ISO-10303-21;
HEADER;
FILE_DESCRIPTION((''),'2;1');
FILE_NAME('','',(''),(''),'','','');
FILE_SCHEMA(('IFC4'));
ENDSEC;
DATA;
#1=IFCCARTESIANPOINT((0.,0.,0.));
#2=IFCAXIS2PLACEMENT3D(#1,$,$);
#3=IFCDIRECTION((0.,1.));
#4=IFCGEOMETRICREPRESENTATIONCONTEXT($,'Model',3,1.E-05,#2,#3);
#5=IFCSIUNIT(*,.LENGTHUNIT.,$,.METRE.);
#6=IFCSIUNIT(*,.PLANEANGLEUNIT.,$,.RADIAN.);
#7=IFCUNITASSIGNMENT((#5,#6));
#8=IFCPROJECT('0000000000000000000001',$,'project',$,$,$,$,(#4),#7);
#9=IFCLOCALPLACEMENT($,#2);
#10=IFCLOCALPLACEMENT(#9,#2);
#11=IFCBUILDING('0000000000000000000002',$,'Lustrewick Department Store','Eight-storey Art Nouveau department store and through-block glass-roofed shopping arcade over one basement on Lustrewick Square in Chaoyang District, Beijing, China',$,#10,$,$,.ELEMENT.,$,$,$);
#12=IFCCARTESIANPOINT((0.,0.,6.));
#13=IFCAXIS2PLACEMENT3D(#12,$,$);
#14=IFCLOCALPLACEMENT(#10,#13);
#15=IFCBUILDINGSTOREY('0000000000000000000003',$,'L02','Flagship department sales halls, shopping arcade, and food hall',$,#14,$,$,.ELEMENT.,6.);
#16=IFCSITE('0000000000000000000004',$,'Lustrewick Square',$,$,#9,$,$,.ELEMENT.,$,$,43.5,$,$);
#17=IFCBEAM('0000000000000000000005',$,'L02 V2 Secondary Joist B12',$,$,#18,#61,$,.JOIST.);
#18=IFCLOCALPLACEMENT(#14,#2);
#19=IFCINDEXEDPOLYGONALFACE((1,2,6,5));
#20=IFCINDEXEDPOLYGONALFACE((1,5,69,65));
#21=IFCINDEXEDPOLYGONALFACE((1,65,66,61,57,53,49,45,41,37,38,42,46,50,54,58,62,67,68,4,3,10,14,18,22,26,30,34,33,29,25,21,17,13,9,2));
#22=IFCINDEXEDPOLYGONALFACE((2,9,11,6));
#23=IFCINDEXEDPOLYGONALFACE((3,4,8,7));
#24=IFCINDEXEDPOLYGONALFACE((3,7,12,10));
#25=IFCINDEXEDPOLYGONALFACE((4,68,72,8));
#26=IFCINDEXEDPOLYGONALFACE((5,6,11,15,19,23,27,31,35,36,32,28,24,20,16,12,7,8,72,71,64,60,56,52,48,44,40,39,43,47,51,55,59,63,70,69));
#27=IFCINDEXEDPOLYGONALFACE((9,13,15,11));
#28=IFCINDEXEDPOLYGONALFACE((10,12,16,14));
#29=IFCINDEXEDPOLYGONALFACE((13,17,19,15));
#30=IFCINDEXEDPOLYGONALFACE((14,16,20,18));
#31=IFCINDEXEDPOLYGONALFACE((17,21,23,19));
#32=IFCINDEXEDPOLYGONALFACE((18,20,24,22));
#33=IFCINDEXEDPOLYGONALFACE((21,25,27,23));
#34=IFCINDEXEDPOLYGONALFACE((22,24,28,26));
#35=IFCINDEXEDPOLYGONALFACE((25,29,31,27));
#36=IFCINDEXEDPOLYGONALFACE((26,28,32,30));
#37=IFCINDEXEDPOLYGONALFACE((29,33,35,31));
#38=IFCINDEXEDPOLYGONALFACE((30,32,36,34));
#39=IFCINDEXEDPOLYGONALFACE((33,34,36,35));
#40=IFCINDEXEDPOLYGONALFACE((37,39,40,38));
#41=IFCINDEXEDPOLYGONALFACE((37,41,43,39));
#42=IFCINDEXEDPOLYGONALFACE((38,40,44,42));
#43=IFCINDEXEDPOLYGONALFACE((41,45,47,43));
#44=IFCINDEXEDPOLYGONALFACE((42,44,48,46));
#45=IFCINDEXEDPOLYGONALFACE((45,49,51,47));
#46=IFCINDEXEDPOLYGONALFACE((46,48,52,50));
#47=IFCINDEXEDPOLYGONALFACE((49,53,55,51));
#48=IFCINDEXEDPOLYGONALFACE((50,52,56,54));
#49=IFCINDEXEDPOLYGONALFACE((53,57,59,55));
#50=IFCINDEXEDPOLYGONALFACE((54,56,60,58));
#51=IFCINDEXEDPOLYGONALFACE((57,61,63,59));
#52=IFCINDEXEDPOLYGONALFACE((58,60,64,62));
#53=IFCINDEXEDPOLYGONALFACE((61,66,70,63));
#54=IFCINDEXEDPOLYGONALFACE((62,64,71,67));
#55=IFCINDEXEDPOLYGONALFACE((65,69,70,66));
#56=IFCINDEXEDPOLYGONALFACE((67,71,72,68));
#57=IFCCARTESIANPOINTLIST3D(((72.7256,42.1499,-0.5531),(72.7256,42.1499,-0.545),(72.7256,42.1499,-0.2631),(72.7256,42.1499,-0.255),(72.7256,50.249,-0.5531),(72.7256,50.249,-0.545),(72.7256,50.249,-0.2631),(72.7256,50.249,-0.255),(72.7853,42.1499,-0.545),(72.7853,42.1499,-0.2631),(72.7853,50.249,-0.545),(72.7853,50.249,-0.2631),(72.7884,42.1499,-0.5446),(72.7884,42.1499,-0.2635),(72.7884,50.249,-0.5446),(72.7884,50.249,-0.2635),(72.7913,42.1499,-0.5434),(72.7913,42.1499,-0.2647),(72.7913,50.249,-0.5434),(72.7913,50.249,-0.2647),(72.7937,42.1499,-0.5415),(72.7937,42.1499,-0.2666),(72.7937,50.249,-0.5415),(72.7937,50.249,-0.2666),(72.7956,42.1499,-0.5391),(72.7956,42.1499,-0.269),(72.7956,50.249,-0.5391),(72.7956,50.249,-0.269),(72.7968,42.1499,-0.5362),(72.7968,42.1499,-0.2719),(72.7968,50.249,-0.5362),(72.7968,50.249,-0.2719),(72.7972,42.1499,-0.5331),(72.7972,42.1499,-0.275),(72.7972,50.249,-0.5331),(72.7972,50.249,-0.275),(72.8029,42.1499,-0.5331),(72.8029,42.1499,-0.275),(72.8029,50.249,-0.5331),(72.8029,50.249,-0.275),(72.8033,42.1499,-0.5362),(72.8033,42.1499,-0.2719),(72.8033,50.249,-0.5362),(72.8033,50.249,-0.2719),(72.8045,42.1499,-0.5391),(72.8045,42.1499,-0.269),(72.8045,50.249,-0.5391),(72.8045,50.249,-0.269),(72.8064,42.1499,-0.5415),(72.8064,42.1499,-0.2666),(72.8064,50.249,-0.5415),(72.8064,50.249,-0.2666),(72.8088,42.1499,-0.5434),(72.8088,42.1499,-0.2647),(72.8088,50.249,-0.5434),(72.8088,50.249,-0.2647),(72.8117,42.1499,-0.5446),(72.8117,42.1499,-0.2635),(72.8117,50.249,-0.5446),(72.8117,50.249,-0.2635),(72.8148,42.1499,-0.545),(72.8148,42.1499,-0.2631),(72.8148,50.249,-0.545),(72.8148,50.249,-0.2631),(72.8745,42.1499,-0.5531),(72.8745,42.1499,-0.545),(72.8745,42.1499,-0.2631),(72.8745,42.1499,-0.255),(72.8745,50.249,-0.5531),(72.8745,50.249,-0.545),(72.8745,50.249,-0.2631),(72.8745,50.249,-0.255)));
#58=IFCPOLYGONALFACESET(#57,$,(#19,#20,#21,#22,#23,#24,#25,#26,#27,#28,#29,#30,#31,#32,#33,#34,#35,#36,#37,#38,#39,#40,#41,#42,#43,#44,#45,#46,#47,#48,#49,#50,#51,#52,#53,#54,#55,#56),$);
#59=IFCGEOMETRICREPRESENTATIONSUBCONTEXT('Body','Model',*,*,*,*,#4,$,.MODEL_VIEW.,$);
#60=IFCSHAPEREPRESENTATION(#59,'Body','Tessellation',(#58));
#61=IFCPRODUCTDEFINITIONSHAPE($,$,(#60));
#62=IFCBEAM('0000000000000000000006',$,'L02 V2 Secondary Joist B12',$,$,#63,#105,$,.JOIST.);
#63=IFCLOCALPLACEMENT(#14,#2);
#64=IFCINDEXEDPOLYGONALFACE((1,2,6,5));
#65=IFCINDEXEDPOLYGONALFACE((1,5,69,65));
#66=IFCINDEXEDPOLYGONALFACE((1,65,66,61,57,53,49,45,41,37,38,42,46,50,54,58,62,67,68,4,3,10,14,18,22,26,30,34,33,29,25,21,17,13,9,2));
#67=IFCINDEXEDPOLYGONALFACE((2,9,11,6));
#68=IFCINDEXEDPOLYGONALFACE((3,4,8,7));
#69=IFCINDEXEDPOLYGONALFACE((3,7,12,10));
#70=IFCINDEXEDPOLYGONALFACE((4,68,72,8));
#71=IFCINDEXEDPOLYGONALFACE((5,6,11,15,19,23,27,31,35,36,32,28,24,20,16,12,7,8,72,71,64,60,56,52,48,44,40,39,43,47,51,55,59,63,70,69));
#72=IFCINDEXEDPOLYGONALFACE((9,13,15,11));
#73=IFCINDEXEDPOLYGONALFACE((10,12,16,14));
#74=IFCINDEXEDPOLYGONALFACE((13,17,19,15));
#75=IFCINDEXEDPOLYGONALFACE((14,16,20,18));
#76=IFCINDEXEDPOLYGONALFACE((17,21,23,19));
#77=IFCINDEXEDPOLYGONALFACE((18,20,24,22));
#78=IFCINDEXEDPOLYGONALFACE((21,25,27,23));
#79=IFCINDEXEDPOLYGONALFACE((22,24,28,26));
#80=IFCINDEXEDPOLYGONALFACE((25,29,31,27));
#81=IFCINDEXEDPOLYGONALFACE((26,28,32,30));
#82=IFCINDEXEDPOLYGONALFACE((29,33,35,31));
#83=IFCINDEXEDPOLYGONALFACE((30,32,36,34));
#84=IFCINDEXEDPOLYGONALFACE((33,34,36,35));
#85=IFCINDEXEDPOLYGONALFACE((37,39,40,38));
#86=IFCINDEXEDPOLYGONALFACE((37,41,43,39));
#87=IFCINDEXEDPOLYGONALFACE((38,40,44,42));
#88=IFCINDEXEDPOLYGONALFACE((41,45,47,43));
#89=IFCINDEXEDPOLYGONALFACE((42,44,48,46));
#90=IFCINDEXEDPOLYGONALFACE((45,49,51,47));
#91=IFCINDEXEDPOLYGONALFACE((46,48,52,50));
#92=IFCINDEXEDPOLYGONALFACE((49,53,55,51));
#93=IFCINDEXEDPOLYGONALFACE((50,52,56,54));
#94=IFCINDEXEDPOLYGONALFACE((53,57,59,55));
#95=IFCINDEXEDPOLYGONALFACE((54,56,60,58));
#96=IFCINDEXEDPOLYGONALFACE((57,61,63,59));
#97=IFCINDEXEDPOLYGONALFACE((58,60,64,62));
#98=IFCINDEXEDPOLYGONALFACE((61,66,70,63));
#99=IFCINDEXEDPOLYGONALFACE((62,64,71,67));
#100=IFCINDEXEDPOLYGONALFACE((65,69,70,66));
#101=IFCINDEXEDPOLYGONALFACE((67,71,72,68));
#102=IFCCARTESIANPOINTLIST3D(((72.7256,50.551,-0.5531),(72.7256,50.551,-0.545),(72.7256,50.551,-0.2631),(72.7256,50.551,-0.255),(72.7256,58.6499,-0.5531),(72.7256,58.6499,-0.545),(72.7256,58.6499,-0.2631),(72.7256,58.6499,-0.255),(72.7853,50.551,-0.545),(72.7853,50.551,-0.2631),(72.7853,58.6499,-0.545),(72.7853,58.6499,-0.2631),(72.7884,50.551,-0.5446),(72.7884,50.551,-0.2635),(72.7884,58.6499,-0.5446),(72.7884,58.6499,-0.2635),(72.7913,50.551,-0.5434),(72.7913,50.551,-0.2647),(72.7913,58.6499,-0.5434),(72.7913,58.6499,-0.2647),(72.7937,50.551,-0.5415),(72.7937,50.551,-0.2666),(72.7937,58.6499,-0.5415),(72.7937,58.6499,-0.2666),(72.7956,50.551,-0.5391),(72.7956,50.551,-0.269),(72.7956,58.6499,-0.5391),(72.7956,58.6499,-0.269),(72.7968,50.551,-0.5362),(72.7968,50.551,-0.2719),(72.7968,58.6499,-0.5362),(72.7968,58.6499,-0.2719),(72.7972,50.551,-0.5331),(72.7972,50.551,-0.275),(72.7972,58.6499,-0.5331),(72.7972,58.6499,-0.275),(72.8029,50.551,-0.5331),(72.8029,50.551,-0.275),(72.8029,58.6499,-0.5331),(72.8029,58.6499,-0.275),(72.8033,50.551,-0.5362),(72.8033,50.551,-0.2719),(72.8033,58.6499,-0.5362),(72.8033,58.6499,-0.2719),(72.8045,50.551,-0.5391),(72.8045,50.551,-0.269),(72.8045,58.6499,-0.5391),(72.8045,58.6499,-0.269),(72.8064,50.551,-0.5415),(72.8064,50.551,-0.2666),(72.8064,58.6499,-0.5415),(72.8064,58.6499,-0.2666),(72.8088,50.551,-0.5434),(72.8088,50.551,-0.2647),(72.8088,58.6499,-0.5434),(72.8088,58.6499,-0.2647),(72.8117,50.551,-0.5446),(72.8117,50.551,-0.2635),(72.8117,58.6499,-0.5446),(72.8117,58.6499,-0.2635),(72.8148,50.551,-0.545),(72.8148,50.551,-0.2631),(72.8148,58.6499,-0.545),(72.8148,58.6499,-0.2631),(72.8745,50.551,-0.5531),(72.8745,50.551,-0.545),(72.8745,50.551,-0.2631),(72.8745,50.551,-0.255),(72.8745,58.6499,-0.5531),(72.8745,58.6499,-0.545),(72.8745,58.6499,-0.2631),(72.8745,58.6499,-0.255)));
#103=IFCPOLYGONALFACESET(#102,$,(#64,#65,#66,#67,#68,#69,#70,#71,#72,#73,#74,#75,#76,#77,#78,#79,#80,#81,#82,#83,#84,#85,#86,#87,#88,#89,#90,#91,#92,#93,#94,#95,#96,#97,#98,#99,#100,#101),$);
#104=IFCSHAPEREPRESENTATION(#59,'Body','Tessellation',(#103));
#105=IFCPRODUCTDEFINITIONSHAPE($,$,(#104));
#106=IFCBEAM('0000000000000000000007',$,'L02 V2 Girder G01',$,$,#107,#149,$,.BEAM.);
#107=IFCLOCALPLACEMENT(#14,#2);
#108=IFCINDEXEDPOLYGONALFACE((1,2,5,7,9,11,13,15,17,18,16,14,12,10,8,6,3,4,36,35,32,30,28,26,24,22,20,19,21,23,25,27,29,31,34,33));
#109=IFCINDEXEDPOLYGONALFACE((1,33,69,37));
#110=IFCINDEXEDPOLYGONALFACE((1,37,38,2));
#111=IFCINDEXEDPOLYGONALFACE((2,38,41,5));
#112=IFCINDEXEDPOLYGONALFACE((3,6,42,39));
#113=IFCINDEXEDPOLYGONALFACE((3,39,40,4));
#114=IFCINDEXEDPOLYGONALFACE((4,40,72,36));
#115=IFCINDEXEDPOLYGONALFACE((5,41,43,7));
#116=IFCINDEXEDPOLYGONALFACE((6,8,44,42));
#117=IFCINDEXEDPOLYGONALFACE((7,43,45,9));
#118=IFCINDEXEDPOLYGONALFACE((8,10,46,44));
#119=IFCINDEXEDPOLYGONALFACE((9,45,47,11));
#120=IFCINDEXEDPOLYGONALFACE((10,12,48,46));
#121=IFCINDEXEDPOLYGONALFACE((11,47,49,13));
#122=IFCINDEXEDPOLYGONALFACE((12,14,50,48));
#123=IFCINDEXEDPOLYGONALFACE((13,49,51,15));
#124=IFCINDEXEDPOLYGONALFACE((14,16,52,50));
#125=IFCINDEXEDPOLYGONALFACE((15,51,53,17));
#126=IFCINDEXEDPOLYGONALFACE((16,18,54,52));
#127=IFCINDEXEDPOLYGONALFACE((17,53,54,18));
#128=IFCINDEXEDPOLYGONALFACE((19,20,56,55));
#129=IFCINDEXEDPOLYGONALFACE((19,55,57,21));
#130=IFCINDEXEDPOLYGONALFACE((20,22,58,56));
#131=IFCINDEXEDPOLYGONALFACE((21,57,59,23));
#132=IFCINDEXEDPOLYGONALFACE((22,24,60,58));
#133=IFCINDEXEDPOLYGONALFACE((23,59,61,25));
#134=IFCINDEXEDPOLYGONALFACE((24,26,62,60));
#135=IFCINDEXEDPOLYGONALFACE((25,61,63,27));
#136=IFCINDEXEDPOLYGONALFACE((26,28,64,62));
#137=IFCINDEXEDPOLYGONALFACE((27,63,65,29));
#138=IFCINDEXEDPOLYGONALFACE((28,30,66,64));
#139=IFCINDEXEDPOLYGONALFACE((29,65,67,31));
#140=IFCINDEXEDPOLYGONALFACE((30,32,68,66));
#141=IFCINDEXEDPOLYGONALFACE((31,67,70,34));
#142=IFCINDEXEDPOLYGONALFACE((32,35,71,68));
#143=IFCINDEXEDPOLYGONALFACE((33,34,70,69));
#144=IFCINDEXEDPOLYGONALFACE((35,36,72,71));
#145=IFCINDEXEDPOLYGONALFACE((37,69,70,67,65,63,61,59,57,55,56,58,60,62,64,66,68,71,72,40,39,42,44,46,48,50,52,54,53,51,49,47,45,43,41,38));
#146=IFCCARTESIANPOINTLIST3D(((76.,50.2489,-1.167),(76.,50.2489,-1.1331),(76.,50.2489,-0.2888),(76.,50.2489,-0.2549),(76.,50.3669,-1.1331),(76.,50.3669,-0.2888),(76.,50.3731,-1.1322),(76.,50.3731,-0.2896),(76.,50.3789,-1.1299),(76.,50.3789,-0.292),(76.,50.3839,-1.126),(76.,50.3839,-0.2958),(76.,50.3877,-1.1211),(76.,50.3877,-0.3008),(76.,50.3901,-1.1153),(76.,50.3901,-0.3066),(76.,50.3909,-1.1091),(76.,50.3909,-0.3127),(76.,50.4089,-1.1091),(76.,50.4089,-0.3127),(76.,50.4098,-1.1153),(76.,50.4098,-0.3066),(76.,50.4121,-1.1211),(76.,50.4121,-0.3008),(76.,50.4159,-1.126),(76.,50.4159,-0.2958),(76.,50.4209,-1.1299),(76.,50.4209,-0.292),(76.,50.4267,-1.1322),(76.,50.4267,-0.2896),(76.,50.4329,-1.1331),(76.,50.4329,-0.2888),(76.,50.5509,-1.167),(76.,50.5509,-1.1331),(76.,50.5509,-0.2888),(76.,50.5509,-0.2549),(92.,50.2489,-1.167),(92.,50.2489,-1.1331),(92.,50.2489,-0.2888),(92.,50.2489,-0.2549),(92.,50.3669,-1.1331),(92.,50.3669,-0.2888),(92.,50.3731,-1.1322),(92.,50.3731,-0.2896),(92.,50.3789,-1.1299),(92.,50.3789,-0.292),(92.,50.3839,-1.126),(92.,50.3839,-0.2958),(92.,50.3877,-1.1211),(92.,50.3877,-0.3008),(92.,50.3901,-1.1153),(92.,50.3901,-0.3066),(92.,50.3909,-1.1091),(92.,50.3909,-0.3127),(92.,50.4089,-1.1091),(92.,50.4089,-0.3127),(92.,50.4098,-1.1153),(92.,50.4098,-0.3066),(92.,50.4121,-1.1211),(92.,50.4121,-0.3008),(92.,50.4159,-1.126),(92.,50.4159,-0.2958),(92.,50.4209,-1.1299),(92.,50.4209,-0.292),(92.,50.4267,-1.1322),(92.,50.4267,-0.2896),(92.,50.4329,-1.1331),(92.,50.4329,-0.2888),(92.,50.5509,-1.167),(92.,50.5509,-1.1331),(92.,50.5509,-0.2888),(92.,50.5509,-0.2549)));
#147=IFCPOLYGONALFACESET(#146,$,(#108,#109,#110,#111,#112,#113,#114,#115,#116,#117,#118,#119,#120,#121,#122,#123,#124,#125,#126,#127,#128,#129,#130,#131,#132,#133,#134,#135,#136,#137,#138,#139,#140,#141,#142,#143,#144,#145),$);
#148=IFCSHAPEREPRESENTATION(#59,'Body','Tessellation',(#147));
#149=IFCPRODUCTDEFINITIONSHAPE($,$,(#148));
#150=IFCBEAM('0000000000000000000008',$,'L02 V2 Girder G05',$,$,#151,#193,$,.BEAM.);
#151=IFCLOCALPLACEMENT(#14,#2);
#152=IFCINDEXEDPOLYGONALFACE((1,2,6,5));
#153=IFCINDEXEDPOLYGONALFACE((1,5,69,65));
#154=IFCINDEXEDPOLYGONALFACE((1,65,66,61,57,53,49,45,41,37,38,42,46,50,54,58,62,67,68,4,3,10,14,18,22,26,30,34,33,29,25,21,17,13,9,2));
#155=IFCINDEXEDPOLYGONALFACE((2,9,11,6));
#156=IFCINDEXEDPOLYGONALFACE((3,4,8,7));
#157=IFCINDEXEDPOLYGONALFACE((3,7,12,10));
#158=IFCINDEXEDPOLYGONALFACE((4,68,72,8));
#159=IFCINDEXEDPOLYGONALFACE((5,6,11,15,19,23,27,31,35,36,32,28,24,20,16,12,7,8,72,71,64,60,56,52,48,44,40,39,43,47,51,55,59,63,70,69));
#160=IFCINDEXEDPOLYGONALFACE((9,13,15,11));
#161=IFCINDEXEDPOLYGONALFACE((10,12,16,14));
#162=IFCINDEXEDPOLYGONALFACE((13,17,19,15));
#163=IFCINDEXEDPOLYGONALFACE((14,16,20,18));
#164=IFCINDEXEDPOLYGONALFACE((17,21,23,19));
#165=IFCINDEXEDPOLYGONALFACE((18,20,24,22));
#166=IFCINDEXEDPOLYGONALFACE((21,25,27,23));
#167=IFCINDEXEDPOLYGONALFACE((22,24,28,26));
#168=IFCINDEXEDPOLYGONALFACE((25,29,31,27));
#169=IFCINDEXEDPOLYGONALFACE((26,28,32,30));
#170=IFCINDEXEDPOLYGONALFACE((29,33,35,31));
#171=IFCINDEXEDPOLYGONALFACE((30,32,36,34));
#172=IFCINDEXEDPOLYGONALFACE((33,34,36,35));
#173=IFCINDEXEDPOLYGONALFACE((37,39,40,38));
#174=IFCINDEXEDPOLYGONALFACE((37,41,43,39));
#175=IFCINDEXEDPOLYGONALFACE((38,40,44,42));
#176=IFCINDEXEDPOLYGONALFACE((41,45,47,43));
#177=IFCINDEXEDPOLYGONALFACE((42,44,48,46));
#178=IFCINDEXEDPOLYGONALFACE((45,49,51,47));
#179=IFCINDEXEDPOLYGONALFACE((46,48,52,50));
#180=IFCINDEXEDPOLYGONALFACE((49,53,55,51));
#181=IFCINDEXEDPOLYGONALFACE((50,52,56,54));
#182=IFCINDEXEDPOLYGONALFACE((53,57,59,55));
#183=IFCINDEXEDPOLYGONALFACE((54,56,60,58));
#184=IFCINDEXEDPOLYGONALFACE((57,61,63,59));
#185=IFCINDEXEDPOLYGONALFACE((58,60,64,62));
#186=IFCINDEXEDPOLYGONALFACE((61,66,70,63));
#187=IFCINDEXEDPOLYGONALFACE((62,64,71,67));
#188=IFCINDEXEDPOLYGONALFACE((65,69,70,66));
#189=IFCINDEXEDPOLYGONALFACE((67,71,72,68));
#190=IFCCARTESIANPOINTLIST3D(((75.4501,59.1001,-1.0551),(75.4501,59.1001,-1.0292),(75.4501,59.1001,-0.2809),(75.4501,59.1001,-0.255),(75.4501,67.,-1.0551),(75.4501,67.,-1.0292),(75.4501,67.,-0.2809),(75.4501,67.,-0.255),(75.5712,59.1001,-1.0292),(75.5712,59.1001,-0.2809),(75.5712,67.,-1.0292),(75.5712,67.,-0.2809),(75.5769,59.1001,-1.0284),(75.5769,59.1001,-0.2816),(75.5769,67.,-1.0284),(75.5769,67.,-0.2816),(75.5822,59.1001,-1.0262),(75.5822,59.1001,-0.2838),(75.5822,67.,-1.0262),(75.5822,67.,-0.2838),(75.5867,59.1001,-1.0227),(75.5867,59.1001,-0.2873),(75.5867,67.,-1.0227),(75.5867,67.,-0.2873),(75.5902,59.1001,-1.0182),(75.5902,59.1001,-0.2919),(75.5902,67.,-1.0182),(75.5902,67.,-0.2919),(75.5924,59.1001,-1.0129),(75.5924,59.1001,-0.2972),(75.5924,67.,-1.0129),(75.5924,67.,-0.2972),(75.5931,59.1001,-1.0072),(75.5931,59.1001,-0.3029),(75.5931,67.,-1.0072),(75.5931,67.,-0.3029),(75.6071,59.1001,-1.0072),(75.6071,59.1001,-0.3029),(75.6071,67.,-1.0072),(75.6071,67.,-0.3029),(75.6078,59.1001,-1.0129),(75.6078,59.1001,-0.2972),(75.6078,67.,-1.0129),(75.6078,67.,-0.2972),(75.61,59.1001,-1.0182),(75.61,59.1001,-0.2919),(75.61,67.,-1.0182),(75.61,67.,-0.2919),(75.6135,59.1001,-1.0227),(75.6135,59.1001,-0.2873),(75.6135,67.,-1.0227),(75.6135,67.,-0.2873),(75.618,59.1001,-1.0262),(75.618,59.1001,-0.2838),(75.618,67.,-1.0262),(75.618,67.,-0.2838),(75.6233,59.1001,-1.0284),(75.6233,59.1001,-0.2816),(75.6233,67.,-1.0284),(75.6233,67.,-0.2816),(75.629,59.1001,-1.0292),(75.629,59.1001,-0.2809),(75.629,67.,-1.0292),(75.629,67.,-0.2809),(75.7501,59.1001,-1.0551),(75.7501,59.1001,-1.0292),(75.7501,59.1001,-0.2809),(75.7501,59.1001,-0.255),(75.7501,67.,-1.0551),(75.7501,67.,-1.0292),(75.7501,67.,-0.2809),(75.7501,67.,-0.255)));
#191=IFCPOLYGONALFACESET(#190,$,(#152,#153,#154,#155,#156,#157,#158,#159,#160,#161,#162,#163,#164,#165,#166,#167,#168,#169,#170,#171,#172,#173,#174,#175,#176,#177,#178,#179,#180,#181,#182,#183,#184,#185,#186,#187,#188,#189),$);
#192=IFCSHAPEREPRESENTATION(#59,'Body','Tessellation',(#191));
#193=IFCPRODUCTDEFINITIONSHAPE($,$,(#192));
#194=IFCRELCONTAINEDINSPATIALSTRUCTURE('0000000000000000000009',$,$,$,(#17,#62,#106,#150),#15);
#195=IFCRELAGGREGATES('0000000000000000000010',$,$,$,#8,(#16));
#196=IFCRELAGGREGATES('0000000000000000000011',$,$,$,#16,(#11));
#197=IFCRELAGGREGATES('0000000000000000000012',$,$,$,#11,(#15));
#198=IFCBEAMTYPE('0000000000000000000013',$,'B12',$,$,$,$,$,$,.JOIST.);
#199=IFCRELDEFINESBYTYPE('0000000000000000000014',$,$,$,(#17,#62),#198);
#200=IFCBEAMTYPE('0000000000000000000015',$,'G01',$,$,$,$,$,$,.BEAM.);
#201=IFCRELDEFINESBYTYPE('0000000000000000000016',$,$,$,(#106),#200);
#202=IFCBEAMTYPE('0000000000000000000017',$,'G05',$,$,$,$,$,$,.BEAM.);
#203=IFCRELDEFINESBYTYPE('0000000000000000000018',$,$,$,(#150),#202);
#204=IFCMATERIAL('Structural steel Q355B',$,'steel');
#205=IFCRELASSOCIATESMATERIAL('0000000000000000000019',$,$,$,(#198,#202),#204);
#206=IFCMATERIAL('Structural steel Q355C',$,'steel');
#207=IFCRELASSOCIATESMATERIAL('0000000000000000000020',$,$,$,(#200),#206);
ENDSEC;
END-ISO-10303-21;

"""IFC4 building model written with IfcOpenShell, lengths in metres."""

from ifc_helpers import new_model, si_unit, direction, frame, origin, origin_2d, place, context, subcontext, project, spatial, i_section, extrude, material, material_profile, profile_set, type_object, element, save


model = new_model("IFC4")

# Units and contexts
model_context = context("Model", 3, precision=1e-05, world=origin(), true_north=direction((0.0, 1.0)))
body_context = subcontext(model_context, "Body", "Model", "MODEL_VIEW")
ifc_project = project(units=[si_unit("LENGTHUNIT", "METRE"), si_unit("PLANEANGLEUNIT", "RADIAN")], contexts=[model_context])

# Site, building, storey
site_placement = place(None, origin())
site = spatial("IfcSite", under=ifc_project, at=site_placement, Name="Lustrewick Square", CompositionType="ELEMENT", RefElevation=43.5)
building_placement = place(site_placement, origin())
building = spatial("IfcBuilding", under=site, at=building_placement, Name="Lustrewick Department Store", Description="Eight-storey Art Nouveau department store and through-block glass-roofed shopping arcade over one basement on Lustrewick Square in Chaoyang District, Beijing, China", CompositionType="ELEMENT")
storey_placement = place(building_placement, frame((0.0, 0.0, 6.0)))
storey = spatial("IfcBuildingStorey", under=building, at=storey_placement, Name="L02", Description="Flagship department sales halls, shopping arcade, and food hall", CompositionType="ELEMENT", Elevation=6.0)

# Shared definitions
ifc_material_1 = material(Name="Structural steel Q355C", Category="steel")

# Beams
ifc_material_2 = material(Name="Structural steel Q355B", Category="steel")
ifc_material_profile_1 = material_profile(ifc_material_2, i_section(OverallWidth=0.1489, OverallDepth=0.2981, WebThickness=0.0056, FlangeThickness=0.0081, FilletRadius=0.012, at=origin_2d()), Name="HN 298x149x5.5x8")
ifc_profile_set_1 = profile_set([ifc_material_profile_1], Name="Structural steel Q355B")
beam_type_1 = type_object("IfcBeamType", Name="B12", PredefinedType="JOIST", material=ifc_profile_set_1)
beam_1_placement = place(storey_placement, frame((72.8, 42.1499, -0.4041), z_axis=(0.0, 1.0, 0.0), x_axis=(-1.0, 0.0, 0.0)))
element("IfcBeam", 1, at=beam_1_placement, inside=storey, type_object=beam_type_1, Name="L02 V2 Secondary Joist B12", PredefinedType="JOIST", context=body_context, shape_type="SweptSolid", body=[
    extrude(i_section(OverallWidth=0.1489, OverallDepth=0.2981, WebThickness=0.0056, FlangeThickness=0.0081, FilletRadius=0.012, at=origin_2d()), origin(), (0.0, 0.0, 1.0), 8.0991),
])
beam_2_placement = place(storey_placement, frame((72.8, 50.551, -0.4041), z_axis=(0.0, 1.0, 0.0), x_axis=(-1.0, 0.0, 0.0)))
element("IfcBeam", 2, at=beam_2_placement, inside=storey, type_object=beam_type_1, Name="L02 V2 Secondary Joist B12", PredefinedType="JOIST", context=body_context, shape_type="SweptSolid", body=[
    extrude(i_section(OverallWidth=0.1489, OverallDepth=0.2981, WebThickness=0.0056, FlangeThickness=0.0081, FilletRadius=0.012, at=origin_2d()), origin(), (0.0, 0.0, 1.0), 8.0989),
])
ifc_material_profile_2 = material_profile(ifc_material_1, i_section(OverallWidth=0.302, OverallDepth=0.9121, WebThickness=0.0181, FlangeThickness=0.0339, FilletRadius=0.0239, at=origin_2d()), Name="HN 912x302x18x34")
ifc_profile_set_2 = profile_set([ifc_material_profile_2], Name="Structural steel Q355C")
beam_type_2 = type_object("IfcBeamType", Name="G01", PredefinedType="BEAM", material=ifc_profile_set_2)
beam_3_placement = place(storey_placement, frame((76.0, 50.3999, -0.7109), z_axis=(1.0, 0.0, 0.0), x_axis=(0.0, 1.0, 0.0)))
element("IfcBeam", 3, at=beam_3_placement, inside=storey, type_object=beam_type_2, Name="L02 V2 Girder G01", PredefinedType="BEAM", context=body_context, shape_type="SweptSolid", body=[
    extrude(i_section(OverallWidth=0.302, OverallDepth=0.9121, WebThickness=0.0181, FlangeThickness=0.0339, FilletRadius=0.0239, at=origin_2d()), origin(), (0.0, 0.0, 1.0), 16.0),
])
ifc_material_profile_3 = material_profile(ifc_material_2, i_section(OverallWidth=0.3, OverallDepth=0.8, WebThickness=0.0139, FlangeThickness=0.0259, FilletRadius=0.022, at=origin_2d()), Name="HN 800x300x14x26")
ifc_profile_set_3 = profile_set([ifc_material_profile_3], Name="Structural steel Q355B")
beam_type_3 = type_object("IfcBeamType", Name="G05", PredefinedType="BEAM", material=ifc_profile_set_3)
beam_4_placement = place(storey_placement, frame((75.6001, 59.1001, -0.655), z_axis=(0.0, 1.0, 0.0), x_axis=(-1.0, 0.0, 0.0)))
element("IfcBeam", 4, at=beam_4_placement, inside=storey, type_object=beam_type_3, Name="L02 V2 Girder G05", PredefinedType="BEAM", context=body_context, shape_type="SweptSolid", body=[
    extrude(i_section(OverallWidth=0.3, OverallDepth=0.8, WebThickness=0.0139, FlangeThickness=0.0259, FilletRadius=0.022, at=origin_2d()), origin(), (0.0, 0.0, 1.0), 7.8999),
])

save(model, "model.ifc")
